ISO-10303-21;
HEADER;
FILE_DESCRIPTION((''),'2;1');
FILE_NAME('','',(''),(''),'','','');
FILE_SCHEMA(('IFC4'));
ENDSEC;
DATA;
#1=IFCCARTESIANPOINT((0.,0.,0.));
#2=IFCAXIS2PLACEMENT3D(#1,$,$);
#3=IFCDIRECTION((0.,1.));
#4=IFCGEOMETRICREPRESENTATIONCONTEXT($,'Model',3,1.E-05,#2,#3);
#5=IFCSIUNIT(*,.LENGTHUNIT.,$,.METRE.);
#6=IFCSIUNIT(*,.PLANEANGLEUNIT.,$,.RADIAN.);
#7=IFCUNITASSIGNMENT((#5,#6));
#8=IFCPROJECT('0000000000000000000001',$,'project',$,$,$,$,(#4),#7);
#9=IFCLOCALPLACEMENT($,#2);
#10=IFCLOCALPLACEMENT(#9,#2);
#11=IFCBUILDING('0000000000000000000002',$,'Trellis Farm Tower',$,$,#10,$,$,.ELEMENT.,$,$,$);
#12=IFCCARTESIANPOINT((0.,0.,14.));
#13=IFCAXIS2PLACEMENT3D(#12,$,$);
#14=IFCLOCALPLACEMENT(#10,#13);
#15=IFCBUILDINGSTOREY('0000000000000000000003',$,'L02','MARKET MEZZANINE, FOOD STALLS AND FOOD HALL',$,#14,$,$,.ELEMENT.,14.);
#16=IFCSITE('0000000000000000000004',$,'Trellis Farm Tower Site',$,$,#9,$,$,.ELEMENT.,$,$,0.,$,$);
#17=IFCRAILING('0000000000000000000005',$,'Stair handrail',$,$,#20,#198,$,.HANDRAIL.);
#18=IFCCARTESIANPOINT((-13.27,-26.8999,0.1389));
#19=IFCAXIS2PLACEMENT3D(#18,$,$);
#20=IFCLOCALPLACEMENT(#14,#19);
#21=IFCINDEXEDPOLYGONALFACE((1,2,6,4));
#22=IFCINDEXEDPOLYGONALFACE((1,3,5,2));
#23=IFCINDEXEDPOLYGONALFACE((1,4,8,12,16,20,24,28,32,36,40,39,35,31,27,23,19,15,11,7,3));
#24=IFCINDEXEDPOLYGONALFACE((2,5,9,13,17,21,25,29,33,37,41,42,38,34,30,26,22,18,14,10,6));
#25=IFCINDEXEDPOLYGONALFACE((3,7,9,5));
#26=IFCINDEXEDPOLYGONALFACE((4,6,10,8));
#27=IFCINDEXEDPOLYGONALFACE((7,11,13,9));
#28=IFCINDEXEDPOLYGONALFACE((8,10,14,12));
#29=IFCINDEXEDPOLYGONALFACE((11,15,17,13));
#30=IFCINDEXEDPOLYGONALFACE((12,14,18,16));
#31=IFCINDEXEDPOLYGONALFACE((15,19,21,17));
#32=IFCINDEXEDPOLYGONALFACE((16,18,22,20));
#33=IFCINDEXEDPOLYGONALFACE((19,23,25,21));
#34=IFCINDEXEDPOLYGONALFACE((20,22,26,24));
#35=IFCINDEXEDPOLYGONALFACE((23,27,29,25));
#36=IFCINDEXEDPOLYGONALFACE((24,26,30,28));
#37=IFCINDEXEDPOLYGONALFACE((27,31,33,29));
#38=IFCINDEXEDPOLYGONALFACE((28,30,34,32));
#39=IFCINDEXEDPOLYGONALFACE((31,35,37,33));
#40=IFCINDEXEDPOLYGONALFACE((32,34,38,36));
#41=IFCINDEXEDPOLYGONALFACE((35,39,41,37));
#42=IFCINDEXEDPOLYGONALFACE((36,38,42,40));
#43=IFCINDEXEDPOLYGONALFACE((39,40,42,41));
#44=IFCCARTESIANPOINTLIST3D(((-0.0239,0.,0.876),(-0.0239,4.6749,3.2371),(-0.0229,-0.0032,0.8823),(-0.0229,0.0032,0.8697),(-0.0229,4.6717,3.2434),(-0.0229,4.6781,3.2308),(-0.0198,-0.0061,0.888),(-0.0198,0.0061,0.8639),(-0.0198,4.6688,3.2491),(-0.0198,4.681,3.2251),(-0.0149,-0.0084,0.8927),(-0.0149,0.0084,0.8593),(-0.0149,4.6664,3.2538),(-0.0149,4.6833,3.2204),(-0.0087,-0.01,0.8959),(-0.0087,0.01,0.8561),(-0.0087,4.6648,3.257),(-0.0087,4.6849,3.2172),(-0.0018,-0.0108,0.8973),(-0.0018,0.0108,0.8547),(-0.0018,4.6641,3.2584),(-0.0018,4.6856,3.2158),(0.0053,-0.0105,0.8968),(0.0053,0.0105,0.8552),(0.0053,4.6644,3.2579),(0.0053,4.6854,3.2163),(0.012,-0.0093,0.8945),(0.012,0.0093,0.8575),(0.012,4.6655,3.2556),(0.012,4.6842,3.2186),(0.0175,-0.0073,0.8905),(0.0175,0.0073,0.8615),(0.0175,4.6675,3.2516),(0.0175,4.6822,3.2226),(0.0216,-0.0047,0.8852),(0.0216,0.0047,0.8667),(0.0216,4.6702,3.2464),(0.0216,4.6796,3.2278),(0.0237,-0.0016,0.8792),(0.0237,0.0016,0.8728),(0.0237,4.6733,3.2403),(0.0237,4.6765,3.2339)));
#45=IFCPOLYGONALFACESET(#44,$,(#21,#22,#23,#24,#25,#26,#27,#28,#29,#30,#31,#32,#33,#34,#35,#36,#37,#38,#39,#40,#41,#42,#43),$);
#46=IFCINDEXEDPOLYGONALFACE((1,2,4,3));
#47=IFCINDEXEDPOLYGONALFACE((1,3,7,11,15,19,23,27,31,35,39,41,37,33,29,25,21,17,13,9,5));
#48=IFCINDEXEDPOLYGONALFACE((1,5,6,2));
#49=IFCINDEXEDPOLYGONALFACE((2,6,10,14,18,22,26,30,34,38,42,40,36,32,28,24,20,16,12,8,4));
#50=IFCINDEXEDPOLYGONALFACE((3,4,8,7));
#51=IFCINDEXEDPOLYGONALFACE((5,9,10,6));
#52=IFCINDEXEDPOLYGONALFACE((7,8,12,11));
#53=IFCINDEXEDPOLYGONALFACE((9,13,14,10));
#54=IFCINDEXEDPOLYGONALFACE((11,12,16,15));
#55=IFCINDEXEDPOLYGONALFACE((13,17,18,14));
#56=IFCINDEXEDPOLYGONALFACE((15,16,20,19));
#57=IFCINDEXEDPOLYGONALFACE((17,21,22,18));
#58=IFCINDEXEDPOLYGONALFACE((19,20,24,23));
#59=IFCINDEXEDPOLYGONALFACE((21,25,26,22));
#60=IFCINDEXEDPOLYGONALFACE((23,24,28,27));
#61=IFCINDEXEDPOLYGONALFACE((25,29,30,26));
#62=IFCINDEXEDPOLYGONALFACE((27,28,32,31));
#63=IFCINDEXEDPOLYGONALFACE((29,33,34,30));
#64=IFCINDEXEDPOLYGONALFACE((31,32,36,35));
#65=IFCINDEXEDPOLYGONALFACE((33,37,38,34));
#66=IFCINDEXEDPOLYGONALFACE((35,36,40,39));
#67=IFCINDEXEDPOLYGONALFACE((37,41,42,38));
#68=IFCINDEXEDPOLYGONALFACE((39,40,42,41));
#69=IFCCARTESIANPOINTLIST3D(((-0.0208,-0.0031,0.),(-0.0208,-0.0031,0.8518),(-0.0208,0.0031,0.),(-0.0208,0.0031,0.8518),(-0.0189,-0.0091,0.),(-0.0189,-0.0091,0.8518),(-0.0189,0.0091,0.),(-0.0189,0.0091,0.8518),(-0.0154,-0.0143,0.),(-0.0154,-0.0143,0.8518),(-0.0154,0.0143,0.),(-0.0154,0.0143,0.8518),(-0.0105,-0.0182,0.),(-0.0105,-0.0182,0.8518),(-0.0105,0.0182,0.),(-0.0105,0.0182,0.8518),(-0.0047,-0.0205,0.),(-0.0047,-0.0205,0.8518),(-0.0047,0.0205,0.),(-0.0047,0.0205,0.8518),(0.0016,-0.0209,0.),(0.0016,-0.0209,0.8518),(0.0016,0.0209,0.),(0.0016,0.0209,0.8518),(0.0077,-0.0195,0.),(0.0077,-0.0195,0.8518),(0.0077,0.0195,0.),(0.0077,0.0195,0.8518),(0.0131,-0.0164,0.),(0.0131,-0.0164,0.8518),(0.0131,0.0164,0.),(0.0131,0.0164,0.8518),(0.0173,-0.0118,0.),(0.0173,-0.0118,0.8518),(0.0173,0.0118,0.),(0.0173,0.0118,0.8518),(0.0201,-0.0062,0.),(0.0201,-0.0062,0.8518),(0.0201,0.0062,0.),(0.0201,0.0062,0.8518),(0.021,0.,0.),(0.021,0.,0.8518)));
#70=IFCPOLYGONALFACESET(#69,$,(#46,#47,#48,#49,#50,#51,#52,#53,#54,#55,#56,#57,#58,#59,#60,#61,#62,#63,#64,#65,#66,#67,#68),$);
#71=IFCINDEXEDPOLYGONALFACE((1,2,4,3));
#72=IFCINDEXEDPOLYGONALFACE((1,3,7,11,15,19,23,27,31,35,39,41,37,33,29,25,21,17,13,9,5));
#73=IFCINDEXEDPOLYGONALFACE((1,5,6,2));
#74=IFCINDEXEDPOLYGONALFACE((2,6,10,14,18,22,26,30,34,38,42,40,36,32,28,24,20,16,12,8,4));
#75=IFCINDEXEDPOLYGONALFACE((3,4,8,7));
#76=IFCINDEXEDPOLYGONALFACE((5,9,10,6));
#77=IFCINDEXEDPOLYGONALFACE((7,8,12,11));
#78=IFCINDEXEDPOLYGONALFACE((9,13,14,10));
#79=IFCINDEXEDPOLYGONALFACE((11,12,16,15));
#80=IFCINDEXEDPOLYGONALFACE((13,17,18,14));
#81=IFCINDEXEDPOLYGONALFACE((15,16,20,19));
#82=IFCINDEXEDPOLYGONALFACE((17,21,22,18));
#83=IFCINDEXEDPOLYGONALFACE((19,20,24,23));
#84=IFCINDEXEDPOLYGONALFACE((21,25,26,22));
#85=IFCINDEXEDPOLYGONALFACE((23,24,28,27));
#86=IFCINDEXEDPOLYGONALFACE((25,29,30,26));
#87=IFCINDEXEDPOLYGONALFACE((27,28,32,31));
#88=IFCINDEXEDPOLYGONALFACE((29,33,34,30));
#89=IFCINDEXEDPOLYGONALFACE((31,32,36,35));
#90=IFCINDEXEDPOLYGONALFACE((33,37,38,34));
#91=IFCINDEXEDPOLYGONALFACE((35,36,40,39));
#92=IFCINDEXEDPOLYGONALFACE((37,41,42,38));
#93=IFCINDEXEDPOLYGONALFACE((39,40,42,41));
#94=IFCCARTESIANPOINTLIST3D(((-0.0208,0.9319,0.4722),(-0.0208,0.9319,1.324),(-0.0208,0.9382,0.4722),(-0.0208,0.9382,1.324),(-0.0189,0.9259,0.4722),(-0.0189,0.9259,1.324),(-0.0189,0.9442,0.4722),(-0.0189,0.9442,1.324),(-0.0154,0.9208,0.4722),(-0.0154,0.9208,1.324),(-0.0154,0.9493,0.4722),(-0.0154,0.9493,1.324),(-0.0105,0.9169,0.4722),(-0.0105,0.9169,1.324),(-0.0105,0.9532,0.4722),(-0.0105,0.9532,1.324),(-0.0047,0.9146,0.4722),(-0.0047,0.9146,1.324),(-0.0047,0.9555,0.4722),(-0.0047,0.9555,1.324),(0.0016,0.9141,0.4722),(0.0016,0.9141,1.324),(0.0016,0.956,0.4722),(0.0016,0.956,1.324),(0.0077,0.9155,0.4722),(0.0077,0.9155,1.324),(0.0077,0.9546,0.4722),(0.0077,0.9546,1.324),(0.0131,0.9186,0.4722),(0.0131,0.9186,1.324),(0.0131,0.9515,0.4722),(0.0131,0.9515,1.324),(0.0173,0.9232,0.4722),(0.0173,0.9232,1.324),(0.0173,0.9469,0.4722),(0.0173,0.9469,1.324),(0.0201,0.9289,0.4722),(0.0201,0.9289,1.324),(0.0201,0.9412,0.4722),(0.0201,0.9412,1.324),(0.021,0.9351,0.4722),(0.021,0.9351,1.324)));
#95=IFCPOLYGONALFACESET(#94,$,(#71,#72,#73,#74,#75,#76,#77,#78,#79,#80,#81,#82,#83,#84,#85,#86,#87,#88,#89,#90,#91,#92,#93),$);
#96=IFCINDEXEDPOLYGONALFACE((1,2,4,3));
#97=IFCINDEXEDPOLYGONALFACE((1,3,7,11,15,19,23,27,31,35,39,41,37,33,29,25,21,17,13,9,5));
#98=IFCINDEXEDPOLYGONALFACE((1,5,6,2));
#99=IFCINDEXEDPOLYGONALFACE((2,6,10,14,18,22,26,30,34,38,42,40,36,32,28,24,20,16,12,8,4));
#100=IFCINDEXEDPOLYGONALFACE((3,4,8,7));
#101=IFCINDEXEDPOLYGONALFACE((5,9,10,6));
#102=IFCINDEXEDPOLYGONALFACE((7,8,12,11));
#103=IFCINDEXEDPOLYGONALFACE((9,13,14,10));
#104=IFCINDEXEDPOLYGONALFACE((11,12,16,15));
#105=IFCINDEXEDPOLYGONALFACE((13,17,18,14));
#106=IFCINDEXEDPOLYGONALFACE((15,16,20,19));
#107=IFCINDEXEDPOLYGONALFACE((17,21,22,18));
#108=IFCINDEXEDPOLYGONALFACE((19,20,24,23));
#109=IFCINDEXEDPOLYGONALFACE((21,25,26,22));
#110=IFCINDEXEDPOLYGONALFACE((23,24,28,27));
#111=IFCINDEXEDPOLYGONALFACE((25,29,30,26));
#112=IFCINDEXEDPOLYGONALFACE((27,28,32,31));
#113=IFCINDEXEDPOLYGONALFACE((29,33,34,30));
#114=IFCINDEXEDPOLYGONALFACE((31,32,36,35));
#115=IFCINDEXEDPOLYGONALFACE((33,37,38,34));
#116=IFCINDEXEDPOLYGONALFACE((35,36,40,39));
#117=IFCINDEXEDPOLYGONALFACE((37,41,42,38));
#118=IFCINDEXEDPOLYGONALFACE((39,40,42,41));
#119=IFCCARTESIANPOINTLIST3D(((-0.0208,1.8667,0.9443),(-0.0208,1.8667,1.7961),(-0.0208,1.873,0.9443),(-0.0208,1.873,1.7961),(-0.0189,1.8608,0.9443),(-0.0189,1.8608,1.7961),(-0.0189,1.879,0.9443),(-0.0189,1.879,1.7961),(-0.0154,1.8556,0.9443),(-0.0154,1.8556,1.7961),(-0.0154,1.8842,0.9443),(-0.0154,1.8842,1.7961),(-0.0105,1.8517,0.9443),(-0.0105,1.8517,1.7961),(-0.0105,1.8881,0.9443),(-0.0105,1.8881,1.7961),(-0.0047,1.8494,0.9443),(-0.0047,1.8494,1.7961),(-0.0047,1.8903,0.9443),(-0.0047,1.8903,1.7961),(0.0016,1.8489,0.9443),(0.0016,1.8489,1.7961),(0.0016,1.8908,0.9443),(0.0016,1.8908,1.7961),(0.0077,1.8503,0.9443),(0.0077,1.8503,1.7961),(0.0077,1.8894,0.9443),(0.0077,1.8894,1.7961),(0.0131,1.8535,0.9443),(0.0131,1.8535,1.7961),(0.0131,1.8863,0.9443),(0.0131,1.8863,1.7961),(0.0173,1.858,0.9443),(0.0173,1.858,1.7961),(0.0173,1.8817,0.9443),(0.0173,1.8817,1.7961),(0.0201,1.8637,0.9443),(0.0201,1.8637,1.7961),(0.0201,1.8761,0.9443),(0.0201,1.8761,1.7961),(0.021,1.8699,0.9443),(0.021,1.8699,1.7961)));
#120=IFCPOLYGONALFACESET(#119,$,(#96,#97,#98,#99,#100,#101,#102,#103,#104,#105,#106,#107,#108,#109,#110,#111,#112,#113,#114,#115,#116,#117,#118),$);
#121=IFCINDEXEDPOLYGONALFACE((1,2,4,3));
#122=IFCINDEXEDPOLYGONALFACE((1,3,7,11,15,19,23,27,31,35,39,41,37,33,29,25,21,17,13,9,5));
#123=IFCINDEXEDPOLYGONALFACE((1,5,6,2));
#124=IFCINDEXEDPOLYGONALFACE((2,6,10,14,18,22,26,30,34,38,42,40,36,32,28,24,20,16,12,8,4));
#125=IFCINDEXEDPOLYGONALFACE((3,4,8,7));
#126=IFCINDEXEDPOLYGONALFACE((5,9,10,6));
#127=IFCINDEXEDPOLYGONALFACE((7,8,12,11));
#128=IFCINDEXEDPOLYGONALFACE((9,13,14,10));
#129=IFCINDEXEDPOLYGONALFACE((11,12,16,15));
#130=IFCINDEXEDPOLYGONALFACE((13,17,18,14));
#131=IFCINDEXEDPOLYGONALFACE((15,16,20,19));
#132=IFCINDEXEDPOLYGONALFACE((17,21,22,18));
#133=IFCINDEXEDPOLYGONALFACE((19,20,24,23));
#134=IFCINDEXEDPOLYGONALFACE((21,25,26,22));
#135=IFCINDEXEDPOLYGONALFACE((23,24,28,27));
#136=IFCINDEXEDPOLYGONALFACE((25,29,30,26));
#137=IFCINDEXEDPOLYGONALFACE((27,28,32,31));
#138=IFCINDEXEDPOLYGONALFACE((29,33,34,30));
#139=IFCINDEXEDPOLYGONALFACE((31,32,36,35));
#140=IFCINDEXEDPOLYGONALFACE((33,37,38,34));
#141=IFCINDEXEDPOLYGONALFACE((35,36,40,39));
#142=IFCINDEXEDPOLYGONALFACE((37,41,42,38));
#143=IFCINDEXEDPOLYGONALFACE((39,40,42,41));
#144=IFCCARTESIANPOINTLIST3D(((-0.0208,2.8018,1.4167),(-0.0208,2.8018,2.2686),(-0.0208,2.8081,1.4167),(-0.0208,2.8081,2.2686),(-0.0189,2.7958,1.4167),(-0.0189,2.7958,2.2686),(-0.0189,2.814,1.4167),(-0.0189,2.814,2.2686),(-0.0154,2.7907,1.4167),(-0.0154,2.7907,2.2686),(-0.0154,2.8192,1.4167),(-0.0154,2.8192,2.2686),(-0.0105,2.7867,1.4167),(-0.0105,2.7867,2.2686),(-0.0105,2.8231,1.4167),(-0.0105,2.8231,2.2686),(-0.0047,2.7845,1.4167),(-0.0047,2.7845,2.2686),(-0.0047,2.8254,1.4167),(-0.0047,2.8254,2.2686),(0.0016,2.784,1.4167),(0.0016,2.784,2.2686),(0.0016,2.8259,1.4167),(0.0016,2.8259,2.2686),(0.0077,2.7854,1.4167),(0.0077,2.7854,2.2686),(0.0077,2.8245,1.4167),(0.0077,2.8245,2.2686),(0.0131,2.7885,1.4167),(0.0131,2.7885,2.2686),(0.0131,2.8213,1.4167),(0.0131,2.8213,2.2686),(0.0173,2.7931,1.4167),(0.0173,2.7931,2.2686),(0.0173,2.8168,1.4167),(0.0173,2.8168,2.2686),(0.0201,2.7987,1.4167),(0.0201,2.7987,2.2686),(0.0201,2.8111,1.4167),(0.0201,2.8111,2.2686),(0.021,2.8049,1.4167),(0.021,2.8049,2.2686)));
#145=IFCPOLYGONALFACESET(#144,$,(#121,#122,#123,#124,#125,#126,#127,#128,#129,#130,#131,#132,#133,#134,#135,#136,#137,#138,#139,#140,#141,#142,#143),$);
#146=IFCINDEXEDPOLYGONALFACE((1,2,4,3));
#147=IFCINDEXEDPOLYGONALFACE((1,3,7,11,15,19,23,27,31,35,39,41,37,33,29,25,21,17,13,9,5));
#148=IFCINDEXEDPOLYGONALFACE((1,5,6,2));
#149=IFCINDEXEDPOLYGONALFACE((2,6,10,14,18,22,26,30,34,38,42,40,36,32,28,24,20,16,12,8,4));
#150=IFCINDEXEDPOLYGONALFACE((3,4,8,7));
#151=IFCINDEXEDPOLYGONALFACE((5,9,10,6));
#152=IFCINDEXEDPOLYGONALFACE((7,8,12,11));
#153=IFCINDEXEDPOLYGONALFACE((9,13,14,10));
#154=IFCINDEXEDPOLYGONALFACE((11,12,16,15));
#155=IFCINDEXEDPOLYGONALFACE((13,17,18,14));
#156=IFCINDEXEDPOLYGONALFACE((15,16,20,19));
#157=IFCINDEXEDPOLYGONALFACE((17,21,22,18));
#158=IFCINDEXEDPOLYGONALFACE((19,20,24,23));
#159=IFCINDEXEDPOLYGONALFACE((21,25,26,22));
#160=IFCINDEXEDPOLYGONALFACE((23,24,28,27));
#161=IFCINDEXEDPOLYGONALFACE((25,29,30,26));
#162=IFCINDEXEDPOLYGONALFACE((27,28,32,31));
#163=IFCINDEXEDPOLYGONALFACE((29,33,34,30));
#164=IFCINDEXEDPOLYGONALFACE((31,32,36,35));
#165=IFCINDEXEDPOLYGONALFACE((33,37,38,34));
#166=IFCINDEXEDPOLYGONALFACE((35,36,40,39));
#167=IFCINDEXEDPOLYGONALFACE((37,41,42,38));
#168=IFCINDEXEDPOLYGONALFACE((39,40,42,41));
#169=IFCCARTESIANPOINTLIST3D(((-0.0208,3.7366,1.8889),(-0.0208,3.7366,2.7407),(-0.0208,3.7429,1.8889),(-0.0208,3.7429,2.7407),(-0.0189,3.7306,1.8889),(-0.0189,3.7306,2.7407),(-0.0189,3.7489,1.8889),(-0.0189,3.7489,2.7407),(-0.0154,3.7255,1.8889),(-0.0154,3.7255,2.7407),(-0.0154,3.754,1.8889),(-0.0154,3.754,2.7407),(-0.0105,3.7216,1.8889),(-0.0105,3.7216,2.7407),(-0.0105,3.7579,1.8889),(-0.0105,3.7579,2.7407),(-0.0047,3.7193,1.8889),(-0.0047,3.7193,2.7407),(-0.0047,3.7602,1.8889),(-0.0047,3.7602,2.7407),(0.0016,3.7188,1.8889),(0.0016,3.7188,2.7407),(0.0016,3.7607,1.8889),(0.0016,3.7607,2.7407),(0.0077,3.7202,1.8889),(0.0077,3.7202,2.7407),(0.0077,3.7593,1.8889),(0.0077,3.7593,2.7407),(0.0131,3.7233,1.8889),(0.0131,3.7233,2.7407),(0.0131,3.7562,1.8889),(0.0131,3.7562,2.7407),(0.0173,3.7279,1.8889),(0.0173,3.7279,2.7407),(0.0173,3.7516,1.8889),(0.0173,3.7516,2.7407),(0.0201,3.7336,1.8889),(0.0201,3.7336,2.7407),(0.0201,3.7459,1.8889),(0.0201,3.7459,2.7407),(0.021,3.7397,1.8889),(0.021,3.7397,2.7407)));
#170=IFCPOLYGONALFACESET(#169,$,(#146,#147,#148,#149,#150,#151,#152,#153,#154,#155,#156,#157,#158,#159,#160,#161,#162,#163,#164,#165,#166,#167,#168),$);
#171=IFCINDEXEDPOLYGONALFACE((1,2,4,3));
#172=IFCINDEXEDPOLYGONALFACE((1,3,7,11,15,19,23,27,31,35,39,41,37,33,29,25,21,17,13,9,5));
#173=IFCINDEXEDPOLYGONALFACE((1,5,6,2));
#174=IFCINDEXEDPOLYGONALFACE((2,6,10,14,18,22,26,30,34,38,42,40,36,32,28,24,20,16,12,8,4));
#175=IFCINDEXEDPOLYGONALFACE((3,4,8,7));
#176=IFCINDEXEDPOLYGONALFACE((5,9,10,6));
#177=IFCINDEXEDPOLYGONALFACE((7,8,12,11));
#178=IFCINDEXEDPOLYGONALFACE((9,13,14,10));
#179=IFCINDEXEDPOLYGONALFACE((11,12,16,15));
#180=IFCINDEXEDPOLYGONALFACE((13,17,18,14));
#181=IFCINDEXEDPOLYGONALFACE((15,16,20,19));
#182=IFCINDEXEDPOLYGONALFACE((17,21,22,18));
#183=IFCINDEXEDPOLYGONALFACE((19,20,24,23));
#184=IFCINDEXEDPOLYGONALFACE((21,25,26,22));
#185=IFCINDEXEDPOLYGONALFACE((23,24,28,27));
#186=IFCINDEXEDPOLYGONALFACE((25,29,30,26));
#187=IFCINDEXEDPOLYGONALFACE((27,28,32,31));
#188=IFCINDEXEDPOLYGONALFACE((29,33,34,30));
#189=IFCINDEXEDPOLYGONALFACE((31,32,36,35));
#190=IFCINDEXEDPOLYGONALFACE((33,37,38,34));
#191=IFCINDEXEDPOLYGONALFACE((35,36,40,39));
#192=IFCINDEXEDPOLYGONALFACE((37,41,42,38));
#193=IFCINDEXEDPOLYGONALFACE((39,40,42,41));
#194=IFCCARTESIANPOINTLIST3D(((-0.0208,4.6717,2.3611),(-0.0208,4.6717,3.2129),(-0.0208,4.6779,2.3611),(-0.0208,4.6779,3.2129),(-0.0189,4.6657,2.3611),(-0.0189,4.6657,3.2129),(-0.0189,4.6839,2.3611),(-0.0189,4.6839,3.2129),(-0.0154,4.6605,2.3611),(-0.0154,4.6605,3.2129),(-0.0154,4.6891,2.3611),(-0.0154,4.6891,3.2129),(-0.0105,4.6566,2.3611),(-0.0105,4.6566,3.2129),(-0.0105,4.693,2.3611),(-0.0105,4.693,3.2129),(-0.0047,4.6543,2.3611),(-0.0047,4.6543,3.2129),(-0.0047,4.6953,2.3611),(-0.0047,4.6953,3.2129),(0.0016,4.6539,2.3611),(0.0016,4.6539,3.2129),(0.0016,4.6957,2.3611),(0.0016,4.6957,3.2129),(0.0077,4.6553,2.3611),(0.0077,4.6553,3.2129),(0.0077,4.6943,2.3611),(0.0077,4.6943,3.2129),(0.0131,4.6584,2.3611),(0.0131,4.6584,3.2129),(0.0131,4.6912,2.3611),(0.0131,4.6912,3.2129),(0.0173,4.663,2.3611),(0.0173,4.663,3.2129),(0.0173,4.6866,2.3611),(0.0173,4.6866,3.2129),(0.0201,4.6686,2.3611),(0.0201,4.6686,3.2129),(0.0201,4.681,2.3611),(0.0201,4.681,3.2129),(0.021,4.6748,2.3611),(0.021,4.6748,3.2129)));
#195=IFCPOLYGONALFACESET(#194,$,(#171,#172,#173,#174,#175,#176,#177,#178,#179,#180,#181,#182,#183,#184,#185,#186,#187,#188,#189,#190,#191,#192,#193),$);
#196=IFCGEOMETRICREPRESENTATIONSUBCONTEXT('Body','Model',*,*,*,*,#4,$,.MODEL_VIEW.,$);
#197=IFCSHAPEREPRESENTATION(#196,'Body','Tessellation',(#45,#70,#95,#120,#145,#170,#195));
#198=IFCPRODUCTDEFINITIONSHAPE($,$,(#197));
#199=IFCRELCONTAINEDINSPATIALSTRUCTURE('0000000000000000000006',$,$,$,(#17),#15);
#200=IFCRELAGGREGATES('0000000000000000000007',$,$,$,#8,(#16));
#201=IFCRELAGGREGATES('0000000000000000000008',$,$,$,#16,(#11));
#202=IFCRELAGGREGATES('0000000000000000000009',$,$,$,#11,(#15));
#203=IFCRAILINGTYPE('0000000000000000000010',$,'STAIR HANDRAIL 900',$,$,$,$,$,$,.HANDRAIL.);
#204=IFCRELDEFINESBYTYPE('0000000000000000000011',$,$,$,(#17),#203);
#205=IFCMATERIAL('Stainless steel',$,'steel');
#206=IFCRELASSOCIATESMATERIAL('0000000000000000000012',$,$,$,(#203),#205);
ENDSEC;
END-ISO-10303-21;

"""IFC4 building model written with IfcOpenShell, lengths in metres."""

from ifc_helpers import new_model, si_unit, direction, frame, origin, origin_2d, place, context, subcontext, project, spatial, circle, extrude, source, transform, mapped, material, type_object, element, save


model = new_model("IFC4")

# Units and contexts
model_context = context("Model", 3, precision=1e-05, world=origin(), true_north=direction((0.0, 1.0)))
body_context = subcontext(model_context, "Body", "Model", "MODEL_VIEW")
ifc_project = project(units=[si_unit("LENGTHUNIT", "METRE"), si_unit("PLANEANGLEUNIT", "RADIAN")], contexts=[model_context])

# Site, building, storey
site_placement = place(None, origin())
site = spatial("IfcSite", under=ifc_project, at=site_placement, Name="Trellis Farm Tower Site", CompositionType="ELEMENT", RefElevation=0.0)
building_placement = place(site_placement, origin())
building = spatial("IfcBuilding", under=site, at=building_placement, Name="Trellis Farm Tower", CompositionType="ELEMENT")
storey_placement = place(building_placement, frame((0.0, 0.0, 14.0)))
storey = spatial("IfcBuildingStorey", under=building, at=storey_placement, Name="L02", Description="MARKET MEZZANINE, FOOD STALLS AND FOOD HALL", CompositionType="ELEMENT", Elevation=14.0)

# Railing
ifc_material_1 = material(Name="Stainless steel", Category="steel")
railing_type = type_object("IfcRailingType", Name="STAIR HANDRAIL 900", PredefinedType="HANDRAIL", material=ifc_material_1)
shared_shape_1 = source(origin(), body_context, "Body", "SweptSolid", [
    extrude(circle(Radius=0.0239, at=origin_2d()), frame((0.0, 0.0, 0.876), z_axis=(0.0, 0.892611, 0.450827), x_axis=(-1.0, 0.0, 0.0)), (0.0, 0.0, 1.0), 5.2373),
    extrude(circle(Radius=0.021, at=origin_2d()), origin(), (0.0, 0.0, 1.0), 0.8518),
    extrude(circle(Radius=0.021, at=origin_2d()), frame((0.0, 0.9351, 0.4722)), (0.0, 0.0, 1.0), 0.8518),
    extrude(circle(Radius=0.021, at=origin_2d()), frame((0.0, 1.8699, 0.9443)), (0.0, 0.0, 1.0), 0.8518),
    extrude(circle(Radius=0.021, at=origin_2d()), frame((0.0, 2.8049, 1.4167)), (0.0, 0.0, 1.0), 0.8518),
    extrude(circle(Radius=0.021, at=origin_2d()), frame((0.0, 3.7397, 1.8889)), (0.0, 0.0, 1.0), 0.8518),
    extrude(circle(Radius=0.021, at=origin_2d()), frame((0.0, 4.6748, 2.3611)), (0.0, 0.0, 1.0), 0.8518),
])
for number, where, name in (
    (1, (-13.27, -26.8999, 0.1389), "Stair handrail"),
):
    element("IfcRailing", number, at=place(storey_placement, frame(where)), inside=storey, type_object=railing_type, Name=name, PredefinedType="HANDRAIL", context=body_context, shape_type="MappedRepresentation", body=[
        mapped(shared_shape_1, transform((0.0, 0.0, 0.0))),
    ])

save(model, "model.ifc")
